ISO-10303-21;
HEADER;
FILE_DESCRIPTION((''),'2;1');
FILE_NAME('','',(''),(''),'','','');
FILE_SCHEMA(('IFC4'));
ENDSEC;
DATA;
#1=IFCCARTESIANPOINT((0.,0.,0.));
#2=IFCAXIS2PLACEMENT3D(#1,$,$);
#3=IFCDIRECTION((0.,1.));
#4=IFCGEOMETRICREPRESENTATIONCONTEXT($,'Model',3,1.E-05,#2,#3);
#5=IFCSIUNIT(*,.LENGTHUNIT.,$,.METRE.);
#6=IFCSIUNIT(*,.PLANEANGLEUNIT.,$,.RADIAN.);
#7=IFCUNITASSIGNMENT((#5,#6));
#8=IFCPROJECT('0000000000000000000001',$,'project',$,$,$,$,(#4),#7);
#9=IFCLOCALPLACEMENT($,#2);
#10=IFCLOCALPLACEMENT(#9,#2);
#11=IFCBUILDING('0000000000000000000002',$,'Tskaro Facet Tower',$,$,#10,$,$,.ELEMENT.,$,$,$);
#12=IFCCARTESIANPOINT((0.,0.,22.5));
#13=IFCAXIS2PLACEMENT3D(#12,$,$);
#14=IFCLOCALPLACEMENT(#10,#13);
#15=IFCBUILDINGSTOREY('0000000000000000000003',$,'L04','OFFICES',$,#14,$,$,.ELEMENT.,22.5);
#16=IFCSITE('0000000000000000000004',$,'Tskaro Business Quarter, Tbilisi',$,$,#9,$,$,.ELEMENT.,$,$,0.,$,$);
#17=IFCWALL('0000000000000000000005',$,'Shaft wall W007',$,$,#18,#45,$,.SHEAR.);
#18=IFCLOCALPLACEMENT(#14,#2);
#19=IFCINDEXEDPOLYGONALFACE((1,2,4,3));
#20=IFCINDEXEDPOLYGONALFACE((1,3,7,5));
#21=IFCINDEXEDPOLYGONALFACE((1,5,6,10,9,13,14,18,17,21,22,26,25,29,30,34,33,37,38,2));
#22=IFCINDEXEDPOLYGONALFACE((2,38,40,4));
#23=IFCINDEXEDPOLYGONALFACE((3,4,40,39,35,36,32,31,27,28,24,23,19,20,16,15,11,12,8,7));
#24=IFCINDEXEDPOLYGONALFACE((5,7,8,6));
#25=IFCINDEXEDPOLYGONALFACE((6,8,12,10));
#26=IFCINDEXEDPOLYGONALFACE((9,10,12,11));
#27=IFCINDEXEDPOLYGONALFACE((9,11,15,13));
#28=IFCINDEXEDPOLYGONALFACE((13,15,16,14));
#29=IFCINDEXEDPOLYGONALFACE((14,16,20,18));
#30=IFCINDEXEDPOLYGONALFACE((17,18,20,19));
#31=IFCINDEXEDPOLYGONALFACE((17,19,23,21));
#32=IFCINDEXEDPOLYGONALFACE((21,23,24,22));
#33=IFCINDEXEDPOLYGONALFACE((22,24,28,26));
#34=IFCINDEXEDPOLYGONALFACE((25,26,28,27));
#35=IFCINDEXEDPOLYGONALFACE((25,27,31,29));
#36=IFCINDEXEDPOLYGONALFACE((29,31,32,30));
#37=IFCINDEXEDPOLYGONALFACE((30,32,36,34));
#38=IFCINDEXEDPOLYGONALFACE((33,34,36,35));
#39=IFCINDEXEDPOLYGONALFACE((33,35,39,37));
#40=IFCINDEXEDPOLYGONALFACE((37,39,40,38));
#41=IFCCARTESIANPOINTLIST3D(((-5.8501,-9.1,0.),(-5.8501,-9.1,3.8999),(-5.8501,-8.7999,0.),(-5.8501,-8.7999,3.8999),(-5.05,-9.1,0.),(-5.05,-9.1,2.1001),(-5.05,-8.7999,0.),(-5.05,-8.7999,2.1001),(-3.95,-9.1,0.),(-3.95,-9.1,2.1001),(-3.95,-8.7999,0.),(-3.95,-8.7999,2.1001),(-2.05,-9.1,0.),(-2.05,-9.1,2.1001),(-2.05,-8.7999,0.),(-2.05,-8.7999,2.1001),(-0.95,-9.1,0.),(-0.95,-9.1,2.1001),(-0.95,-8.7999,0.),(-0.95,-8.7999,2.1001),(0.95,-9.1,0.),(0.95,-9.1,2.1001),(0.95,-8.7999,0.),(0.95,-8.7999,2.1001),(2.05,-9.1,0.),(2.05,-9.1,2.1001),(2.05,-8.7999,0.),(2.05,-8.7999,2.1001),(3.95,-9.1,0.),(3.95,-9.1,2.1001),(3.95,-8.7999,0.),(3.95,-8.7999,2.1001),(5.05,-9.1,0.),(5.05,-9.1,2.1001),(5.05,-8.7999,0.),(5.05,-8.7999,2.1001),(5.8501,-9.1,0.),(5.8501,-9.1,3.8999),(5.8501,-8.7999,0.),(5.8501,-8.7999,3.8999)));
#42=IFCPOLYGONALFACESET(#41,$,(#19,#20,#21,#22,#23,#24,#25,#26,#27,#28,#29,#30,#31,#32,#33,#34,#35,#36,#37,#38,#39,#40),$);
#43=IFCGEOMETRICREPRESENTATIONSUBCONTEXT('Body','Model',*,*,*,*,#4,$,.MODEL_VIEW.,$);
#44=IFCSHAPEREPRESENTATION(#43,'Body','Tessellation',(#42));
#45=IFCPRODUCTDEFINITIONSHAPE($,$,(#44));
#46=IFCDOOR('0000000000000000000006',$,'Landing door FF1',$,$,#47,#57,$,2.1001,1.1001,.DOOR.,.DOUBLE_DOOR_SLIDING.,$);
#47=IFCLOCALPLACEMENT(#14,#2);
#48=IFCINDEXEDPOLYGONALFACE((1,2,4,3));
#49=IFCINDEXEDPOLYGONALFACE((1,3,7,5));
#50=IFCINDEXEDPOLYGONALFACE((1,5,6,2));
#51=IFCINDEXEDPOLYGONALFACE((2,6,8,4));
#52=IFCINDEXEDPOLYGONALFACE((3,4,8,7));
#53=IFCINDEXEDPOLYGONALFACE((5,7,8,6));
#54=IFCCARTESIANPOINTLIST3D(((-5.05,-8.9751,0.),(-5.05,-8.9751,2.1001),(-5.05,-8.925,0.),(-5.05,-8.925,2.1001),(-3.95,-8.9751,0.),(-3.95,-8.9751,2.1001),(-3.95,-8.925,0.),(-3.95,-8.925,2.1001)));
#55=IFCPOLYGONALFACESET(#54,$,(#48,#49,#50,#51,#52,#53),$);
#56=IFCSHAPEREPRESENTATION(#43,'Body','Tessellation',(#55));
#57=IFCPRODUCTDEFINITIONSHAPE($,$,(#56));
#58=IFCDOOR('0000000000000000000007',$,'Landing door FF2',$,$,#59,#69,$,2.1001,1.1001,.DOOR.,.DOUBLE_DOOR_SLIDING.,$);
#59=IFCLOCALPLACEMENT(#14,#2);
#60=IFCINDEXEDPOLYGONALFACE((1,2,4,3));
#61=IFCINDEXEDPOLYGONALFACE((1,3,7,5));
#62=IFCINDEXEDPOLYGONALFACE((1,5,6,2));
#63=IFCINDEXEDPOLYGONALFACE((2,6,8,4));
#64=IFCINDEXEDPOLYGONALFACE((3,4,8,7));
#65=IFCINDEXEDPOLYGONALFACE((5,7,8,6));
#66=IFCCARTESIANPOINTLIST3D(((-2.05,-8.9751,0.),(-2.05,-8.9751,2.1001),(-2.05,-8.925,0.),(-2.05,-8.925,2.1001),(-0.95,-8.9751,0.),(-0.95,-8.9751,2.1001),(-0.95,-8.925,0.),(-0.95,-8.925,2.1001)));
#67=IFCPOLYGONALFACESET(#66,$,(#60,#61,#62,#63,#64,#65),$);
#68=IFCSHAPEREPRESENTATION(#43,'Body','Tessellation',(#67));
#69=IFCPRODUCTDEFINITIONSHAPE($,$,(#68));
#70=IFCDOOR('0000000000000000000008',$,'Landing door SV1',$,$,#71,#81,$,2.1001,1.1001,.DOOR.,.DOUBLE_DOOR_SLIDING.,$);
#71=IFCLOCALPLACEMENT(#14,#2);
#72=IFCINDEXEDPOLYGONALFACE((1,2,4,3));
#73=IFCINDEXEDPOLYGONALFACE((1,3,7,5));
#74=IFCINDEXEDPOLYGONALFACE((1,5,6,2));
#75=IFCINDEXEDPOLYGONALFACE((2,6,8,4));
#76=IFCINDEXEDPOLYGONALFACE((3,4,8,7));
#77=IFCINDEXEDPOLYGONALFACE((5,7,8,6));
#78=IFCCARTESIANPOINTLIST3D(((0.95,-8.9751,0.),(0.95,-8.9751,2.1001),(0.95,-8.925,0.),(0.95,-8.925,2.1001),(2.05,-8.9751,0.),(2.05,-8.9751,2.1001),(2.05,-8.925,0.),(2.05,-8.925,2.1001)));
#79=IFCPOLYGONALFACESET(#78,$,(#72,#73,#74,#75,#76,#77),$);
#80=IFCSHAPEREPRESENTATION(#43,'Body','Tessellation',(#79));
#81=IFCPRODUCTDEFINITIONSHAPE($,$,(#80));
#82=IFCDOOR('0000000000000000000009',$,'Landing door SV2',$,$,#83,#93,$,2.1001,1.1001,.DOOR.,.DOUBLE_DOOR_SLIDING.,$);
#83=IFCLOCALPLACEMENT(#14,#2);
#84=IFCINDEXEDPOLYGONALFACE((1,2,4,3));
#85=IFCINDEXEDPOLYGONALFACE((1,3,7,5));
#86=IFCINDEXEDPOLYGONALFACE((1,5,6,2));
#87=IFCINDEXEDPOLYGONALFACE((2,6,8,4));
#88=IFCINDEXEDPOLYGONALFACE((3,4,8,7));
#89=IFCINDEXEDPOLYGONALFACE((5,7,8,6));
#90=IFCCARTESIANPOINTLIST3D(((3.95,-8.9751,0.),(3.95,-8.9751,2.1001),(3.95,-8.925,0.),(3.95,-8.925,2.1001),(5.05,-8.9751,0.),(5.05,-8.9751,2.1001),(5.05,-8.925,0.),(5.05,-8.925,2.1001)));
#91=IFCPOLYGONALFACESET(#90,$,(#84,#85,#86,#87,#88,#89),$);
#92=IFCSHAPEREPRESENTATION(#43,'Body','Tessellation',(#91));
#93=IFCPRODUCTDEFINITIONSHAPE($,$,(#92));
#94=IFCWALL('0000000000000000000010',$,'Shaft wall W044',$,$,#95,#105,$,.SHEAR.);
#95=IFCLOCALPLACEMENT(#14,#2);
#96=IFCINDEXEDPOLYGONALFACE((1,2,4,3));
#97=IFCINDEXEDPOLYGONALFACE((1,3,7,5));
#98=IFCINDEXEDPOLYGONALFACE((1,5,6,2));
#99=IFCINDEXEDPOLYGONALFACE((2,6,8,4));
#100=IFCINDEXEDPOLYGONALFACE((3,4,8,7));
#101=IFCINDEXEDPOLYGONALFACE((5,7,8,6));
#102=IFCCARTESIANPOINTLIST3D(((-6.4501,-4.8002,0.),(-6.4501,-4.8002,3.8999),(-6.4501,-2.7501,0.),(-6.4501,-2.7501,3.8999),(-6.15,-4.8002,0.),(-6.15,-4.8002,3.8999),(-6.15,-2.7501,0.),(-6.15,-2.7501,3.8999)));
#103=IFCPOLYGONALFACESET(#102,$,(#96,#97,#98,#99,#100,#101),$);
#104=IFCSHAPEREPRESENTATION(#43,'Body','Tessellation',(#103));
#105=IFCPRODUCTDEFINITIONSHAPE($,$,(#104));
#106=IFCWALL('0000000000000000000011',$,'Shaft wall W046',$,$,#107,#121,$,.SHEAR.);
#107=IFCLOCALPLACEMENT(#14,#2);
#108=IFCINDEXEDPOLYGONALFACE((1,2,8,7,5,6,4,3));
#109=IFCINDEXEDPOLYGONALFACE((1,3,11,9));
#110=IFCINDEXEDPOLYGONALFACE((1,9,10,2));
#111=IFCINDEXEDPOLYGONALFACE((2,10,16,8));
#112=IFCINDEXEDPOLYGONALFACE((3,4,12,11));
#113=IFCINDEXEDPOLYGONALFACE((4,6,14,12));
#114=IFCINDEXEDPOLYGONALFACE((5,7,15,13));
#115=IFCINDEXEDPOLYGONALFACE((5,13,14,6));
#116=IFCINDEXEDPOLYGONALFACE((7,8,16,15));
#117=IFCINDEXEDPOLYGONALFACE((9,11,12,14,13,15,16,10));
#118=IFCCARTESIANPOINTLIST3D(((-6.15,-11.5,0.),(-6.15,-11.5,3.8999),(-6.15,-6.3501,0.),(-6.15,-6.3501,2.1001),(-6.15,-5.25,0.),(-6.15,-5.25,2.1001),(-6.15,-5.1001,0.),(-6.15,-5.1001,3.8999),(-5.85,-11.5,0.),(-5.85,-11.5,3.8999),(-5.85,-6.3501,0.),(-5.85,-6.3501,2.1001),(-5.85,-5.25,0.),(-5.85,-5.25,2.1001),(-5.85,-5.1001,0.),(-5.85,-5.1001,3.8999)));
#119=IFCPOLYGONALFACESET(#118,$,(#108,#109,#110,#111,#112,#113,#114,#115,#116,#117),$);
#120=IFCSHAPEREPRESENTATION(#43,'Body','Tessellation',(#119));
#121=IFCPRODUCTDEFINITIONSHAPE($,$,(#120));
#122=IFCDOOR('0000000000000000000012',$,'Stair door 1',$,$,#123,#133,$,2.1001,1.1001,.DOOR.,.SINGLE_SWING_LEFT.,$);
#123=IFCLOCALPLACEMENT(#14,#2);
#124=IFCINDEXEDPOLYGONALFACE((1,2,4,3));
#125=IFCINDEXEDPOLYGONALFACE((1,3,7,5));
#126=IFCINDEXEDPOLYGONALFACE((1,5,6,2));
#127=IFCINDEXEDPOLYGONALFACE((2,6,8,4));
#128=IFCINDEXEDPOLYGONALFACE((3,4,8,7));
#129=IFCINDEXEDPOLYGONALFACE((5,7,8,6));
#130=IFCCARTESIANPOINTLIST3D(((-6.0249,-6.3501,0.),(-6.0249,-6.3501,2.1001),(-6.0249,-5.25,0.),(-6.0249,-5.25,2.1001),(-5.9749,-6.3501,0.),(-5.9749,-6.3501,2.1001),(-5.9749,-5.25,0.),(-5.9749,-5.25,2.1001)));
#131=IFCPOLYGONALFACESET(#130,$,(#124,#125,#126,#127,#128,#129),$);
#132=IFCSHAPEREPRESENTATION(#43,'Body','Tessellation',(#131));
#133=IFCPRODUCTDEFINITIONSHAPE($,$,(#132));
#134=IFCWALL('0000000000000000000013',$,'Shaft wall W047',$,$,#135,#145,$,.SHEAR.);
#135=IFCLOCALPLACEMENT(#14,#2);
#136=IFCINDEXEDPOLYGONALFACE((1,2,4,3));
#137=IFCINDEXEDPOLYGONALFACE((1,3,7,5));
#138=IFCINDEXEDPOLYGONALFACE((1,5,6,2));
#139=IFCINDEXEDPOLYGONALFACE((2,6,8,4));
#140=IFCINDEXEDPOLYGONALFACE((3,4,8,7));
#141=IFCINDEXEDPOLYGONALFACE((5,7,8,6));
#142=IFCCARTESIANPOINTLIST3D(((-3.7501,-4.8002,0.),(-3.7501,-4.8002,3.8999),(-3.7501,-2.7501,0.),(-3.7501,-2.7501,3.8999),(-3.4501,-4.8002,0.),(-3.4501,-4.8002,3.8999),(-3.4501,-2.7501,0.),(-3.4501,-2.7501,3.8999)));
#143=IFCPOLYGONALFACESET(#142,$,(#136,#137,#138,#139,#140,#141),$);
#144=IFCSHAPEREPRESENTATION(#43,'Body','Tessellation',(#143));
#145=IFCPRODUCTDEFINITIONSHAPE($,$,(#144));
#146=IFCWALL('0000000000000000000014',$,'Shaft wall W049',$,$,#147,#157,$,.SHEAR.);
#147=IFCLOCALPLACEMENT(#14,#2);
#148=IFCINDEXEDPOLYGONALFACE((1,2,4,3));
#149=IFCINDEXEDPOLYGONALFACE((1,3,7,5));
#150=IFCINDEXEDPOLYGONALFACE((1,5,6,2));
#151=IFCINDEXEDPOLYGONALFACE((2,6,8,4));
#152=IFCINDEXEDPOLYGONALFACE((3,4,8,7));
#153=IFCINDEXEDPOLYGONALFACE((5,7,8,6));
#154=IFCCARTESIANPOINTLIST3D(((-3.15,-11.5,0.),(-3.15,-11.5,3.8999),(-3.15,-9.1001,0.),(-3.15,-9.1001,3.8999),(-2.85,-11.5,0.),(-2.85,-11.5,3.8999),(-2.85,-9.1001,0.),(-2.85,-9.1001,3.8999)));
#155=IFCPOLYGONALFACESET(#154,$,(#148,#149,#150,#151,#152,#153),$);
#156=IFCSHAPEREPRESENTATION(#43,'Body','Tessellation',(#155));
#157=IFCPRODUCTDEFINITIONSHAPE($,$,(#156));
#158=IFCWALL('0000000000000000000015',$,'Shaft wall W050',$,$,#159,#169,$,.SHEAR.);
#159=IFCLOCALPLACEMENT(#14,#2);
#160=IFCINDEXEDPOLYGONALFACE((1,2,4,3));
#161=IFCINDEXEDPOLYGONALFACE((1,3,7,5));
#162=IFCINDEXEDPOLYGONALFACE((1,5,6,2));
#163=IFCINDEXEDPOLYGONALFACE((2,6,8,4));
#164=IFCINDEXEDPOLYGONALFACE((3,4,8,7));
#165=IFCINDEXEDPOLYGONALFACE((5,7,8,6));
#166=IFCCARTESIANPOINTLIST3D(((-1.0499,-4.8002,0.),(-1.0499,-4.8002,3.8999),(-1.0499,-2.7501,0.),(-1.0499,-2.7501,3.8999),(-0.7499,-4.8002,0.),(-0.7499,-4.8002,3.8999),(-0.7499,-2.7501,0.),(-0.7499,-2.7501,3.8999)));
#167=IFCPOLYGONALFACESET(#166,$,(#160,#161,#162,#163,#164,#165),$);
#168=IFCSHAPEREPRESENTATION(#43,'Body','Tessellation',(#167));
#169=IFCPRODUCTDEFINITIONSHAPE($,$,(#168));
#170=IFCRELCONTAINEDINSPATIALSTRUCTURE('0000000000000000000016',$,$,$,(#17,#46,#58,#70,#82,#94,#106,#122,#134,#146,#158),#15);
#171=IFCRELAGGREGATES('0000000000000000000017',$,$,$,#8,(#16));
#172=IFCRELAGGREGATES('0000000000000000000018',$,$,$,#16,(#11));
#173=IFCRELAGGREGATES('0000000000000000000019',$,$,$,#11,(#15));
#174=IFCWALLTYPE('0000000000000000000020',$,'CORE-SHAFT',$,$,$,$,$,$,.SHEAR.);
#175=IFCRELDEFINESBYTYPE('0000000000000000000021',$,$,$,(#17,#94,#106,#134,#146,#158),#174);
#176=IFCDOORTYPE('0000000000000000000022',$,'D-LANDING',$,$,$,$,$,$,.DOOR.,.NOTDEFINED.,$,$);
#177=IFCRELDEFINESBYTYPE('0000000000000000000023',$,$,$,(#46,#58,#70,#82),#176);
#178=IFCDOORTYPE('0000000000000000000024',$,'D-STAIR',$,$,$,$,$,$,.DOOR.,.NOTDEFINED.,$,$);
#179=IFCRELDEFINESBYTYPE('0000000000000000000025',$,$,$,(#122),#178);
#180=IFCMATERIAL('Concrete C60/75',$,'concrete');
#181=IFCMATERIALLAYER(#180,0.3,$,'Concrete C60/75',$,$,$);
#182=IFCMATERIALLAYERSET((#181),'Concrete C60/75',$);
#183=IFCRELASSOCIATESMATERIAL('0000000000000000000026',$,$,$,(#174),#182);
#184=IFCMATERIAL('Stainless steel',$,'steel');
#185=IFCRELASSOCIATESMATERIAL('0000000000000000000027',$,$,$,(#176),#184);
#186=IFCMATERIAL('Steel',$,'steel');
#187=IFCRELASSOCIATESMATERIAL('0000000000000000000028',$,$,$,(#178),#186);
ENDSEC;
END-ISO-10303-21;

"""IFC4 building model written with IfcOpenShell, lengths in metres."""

from ifc_helpers import new_model, si_unit, direction, frame, frame_2d, origin, place, context, subcontext, project, spatial, rectangle, extrude, material, layer, layer_set, type_object, element, fill, save


model = new_model("IFC4")

# Units and contexts
model_context = context("Model", 3, precision=1e-05, world=origin(), true_north=direction((0.0, 1.0)))
body_context = subcontext(model_context, "Body", "Model", "MODEL_VIEW")
ifc_project = project(units=[si_unit("LENGTHUNIT", "METRE"), si_unit("PLANEANGLEUNIT", "RADIAN")], contexts=[model_context])

# Site, building, storey
site_placement = place(None, origin())
site = spatial("IfcSite", under=ifc_project, at=site_placement, Name="Tskaro Business Quarter, Tbilisi", CompositionType="ELEMENT", RefElevation=0.0)
building_placement = place(site_placement, origin())
building = spatial("IfcBuilding", under=site, at=building_placement, Name="Tskaro Facet Tower", CompositionType="ELEMENT")
storey_placement = place(building_placement, frame((0.0, 0.0, 22.5)))
storey = spatial("IfcBuildingStorey", under=building, at=storey_placement, Name="L04", Description="OFFICES", CompositionType="ELEMENT", Elevation=22.5)

# Wall, openings, doors
ifc_material_1 = material(Name="Concrete C60/75", Category="concrete")
ifc_layer_1 = layer(ifc_material_1, 0.3, Name="Concrete C60/75")
ifc_layer_set_1 = layer_set([ifc_layer_1], Name="Concrete C60/75")
wall_type_1 = type_object("IfcWallType", Name="CORE-SHAFT", PredefinedType="SHEAR", material=ifc_layer_set_1)
wall_1_placement = place(storey_placement, frame((-5.8501, -8.95, 0.0), z_axis=(0.0, 0.0, 1.0), x_axis=(1.0, 0.0, 0.0)))
wall_1 = element("IfcWall", 1, at=wall_1_placement, inside=storey, type_object=wall_type_1, Name="Shaft wall W007", PredefinedType="SHEAR", context=body_context, shape_type="SweptSolid", body=[
    extrude(rectangle(XDim=11.7002, YDim=0.3, at=frame_2d((5.8501, 0.0))), origin(), (0.0, 0.0, 1.0), 3.8999),
])
opening_1_placement = place(wall_1_placement, frame((0.8, 0.0, 0.0)))
opening_1 = element("IfcOpeningElement", 2, at=opening_1_placement, cuts=wall_1, PredefinedType="OPENING", context=body_context, shape_type="SweptSolid", body=[
    extrude(rectangle(XDim=1.1001, YDim=2.1001, at=frame_2d((0.55, 1.05))), frame((0.0, 0.1599, 0.0), z_axis=(0.0, -1.0, 0.0), x_axis=(1.0, 0.0, 0.0)), (0.0, 0.0, 1.0), 0.3201),
])
opening_2_placement = place(wall_1_placement, frame((3.8, 0.0, 0.0)))
opening_2 = element("IfcOpeningElement", 3, at=opening_2_placement, cuts=wall_1, PredefinedType="OPENING", context=body_context, shape_type="SweptSolid", body=[
    extrude(rectangle(XDim=1.1001, YDim=2.1001, at=frame_2d((0.55, 1.05))), frame((0.0, 0.1599, 0.0), z_axis=(0.0, -1.0, 0.0), x_axis=(1.0, 0.0, 0.0)), (0.0, 0.0, 1.0), 0.3201),
])
opening_3_placement = place(wall_1_placement, frame((6.8, 0.0, 0.0)))
opening_3 = element("IfcOpeningElement", 4, at=opening_3_placement, cuts=wall_1, PredefinedType="OPENING", context=body_context, shape_type="SweptSolid", body=[
    extrude(rectangle(XDim=1.1001, YDim=2.1001, at=frame_2d((0.55, 1.05))), frame((0.0, 0.1599, 0.0), z_axis=(0.0, -1.0, 0.0), x_axis=(1.0, 0.0, 0.0)), (0.0, 0.0, 1.0), 0.3201),
])
opening_4_placement = place(wall_1_placement, frame((9.8, 0.0, 0.0)))
opening_4 = element("IfcOpeningElement", 5, at=opening_4_placement, cuts=wall_1, PredefinedType="OPENING", context=body_context, shape_type="SweptSolid", body=[
    extrude(rectangle(XDim=1.1001, YDim=2.1001, at=frame_2d((0.55, 1.05))), frame((0.0, 0.1599, 0.0), z_axis=(0.0, -1.0, 0.0), x_axis=(1.0, 0.0, 0.0)), (0.0, 0.0, 1.0), 0.3201),
])
ifc_material_2 = material(Name="Stainless steel", Category="steel")
door_type_1 = type_object("IfcDoorType", Name="D-LANDING", OperationType="NOTDEFINED", PredefinedType="DOOR", material=ifc_material_2)
door_1_placement = place(opening_1_placement, origin())
door_1 = element("IfcDoor", 6, at=door_1_placement, inside=storey, type_object=door_type_1, Name="Landing door FF1", OperationType="DOUBLE_DOOR_SLIDING", OverallHeight=2.1001, OverallWidth=1.1001, PredefinedType="DOOR", context=body_context, shape_type="SweptSolid", body=[
    extrude(rectangle(XDim=1.1001, YDim=2.1001, at=frame_2d((0.55, 1.05))), frame((0.0, 0.0249, 0.0), z_axis=(0.0, -1.0, 0.0), x_axis=(1.0, 0.0, 0.0)), (0.0, 0.0, 1.0), 0.05),
])
fill(opening_1, door_1)
door_2_placement = place(opening_2_placement, origin())
door_2 = element("IfcDoor", 7, at=door_2_placement, inside=storey, type_object=door_type_1, Name="Landing door FF2", OperationType="DOUBLE_DOOR_SLIDING", OverallHeight=2.1001, OverallWidth=1.1001, PredefinedType="DOOR", context=body_context, shape_type="SweptSolid", body=[
    extrude(rectangle(XDim=1.1001, YDim=2.1001, at=frame_2d((0.55, 1.05))), frame((0.0, 0.0249, 0.0), z_axis=(0.0, -1.0, 0.0), x_axis=(1.0, 0.0, 0.0)), (0.0, 0.0, 1.0), 0.05),
])
fill(opening_2, door_2)
door_3_placement = place(opening_3_placement, origin())
door_3 = element("IfcDoor", 8, at=door_3_placement, inside=storey, type_object=door_type_1, Name="Landing door SV1", OperationType="DOUBLE_DOOR_SLIDING", OverallHeight=2.1001, OverallWidth=1.1001, PredefinedType="DOOR", context=body_context, shape_type="SweptSolid", body=[
    extrude(rectangle(XDim=1.1001, YDim=2.1001, at=frame_2d((0.55, 1.05))), frame((0.0, 0.0249, 0.0), z_axis=(0.0, -1.0, 0.0), x_axis=(1.0, 0.0, 0.0)), (0.0, 0.0, 1.0), 0.05),
])
fill(opening_3, door_3)
door_4_placement = place(opening_4_placement, origin())
door_4 = element("IfcDoor", 9, at=door_4_placement, inside=storey, type_object=door_type_1, Name="Landing door SV2", OperationType="DOUBLE_DOOR_SLIDING", OverallHeight=2.1001, OverallWidth=1.1001, PredefinedType="DOOR", context=body_context, shape_type="SweptSolid", body=[
    extrude(rectangle(XDim=1.1001, YDim=2.1001, at=frame_2d((0.55, 1.05))), frame((0.0, 0.0249, 0.0), z_axis=(0.0, -1.0, 0.0), x_axis=(1.0, 0.0, 0.0)), (0.0, 0.0, 1.0), 0.05),
])
fill(opening_4, door_4)

# Wall
wall_2_placement = place(storey_placement, frame((-6.3, -4.8, 0.0), z_axis=(0.0, 0.0, 1.0), x_axis=(0.0, 1.0, 0.0)))
element("IfcWall", 10, at=wall_2_placement, inside=storey, type_object=wall_type_1, Name="Shaft wall W044", PredefinedType="SHEAR", context=body_context, shape_type="SweptSolid", body=[
    extrude(rectangle(XDim=2.05, YDim=0.3, at=frame_2d((1.0249, 0.0))), origin(), (0.0, 0.0, 1.0), 3.8999),
])

# Wall, opening, door
wall_3_placement = place(storey_placement, frame((-6.0, -11.5, 0.0), z_axis=(0.0, 0.0, 1.0), x_axis=(0.0, 1.0, 0.0)))
wall_3 = element("IfcWall", 11, at=wall_3_placement, inside=storey, type_object=wall_type_1, Name="Shaft wall W046", PredefinedType="SHEAR", context=body_context, shape_type="SweptSolid", body=[
    extrude(rectangle(XDim=6.3999, YDim=0.3, at=frame_2d((3.2, 0.0))), origin(), (0.0, 0.0, 1.0), 3.8999),
])
opening_5_placement = place(wall_3_placement, frame((5.1499, 0.0, 0.0)))
opening_5 = element("IfcOpeningElement", 12, at=opening_5_placement, cuts=wall_3, PredefinedType="OPENING", context=body_context, shape_type="SweptSolid", body=[
    extrude(rectangle(XDim=1.1001, YDim=2.1001, at=frame_2d((0.55, 1.05))), frame((0.0, 0.1599, 0.0), z_axis=(0.0, -1.0, 0.0), x_axis=(1.0, 0.0, 0.0)), (0.0, 0.0, 1.0), 0.3201),
])
ifc_material_3 = material(Name="Steel", Category="steel")
door_type_2 = type_object("IfcDoorType", Name="D-STAIR", OperationType="NOTDEFINED", PredefinedType="DOOR", material=ifc_material_3)
door_5_placement = place(opening_5_placement, origin())
door_5 = element("IfcDoor", 13, at=door_5_placement, inside=storey, type_object=door_type_2, Name="Stair door 1", OperationType="SINGLE_SWING_LEFT", OverallHeight=2.1001, OverallWidth=1.1001, PredefinedType="DOOR", context=body_context, shape_type="SweptSolid", body=[
    extrude(rectangle(XDim=1.1001, YDim=2.1001, at=frame_2d((0.55, 1.05))), frame((0.0, 0.0249, 0.0), z_axis=(0.0, -1.0, 0.0), x_axis=(1.0, 0.0, 0.0)), (0.0, 0.0, 1.0), 0.05),
])
fill(opening_5, door_5)

# Walls
wall_4_placement = place(storey_placement, frame((-3.6001, -4.8, 0.0), z_axis=(0.0, 0.0, 1.0), x_axis=(0.0, 1.0, 0.0)))
element("IfcWall", 14, at=wall_4_placement, inside=storey, type_object=wall_type_1, Name="Shaft wall W047", PredefinedType="SHEAR", context=body_context, shape_type="SweptSolid", body=[
    extrude(rectangle(XDim=2.05, YDim=0.3, at=frame_2d((1.0249, 0.0))), origin(), (0.0, 0.0, 1.0), 3.8999),
])
wall_5_placement = place(storey_placement, frame((-3.0, -11.5, 0.0), z_axis=(0.0, 0.0, 1.0), x_axis=(0.0, 1.0, 0.0)))
element("IfcWall", 15, at=wall_5_placement, inside=storey, type_object=wall_type_1, Name="Shaft wall W049", PredefinedType="SHEAR", context=body_context, shape_type="SweptSolid", body=[
    extrude(rectangle(XDim=2.3999, YDim=0.3, at=frame_2d((1.2, 0.0))), origin(), (0.0, 0.0, 1.0), 3.8999),
])
wall_6_placement = place(storey_placement, frame((-0.8999, -4.8, 0.0), z_axis=(0.0, 0.0, 1.0), x_axis=(0.0, 1.0, 0.0)))
element("IfcWall", 16, at=wall_6_placement, inside=storey, type_object=wall_type_1, Name="Shaft wall W050", PredefinedType="SHEAR", context=body_context, shape_type="SweptSolid", body=[
    extrude(rectangle(XDim=2.05, YDim=0.3, at=frame_2d((1.0249, 0.0))), origin(), (0.0, 0.0, 1.0), 3.8999),
])

save(model, "model.ifc")
